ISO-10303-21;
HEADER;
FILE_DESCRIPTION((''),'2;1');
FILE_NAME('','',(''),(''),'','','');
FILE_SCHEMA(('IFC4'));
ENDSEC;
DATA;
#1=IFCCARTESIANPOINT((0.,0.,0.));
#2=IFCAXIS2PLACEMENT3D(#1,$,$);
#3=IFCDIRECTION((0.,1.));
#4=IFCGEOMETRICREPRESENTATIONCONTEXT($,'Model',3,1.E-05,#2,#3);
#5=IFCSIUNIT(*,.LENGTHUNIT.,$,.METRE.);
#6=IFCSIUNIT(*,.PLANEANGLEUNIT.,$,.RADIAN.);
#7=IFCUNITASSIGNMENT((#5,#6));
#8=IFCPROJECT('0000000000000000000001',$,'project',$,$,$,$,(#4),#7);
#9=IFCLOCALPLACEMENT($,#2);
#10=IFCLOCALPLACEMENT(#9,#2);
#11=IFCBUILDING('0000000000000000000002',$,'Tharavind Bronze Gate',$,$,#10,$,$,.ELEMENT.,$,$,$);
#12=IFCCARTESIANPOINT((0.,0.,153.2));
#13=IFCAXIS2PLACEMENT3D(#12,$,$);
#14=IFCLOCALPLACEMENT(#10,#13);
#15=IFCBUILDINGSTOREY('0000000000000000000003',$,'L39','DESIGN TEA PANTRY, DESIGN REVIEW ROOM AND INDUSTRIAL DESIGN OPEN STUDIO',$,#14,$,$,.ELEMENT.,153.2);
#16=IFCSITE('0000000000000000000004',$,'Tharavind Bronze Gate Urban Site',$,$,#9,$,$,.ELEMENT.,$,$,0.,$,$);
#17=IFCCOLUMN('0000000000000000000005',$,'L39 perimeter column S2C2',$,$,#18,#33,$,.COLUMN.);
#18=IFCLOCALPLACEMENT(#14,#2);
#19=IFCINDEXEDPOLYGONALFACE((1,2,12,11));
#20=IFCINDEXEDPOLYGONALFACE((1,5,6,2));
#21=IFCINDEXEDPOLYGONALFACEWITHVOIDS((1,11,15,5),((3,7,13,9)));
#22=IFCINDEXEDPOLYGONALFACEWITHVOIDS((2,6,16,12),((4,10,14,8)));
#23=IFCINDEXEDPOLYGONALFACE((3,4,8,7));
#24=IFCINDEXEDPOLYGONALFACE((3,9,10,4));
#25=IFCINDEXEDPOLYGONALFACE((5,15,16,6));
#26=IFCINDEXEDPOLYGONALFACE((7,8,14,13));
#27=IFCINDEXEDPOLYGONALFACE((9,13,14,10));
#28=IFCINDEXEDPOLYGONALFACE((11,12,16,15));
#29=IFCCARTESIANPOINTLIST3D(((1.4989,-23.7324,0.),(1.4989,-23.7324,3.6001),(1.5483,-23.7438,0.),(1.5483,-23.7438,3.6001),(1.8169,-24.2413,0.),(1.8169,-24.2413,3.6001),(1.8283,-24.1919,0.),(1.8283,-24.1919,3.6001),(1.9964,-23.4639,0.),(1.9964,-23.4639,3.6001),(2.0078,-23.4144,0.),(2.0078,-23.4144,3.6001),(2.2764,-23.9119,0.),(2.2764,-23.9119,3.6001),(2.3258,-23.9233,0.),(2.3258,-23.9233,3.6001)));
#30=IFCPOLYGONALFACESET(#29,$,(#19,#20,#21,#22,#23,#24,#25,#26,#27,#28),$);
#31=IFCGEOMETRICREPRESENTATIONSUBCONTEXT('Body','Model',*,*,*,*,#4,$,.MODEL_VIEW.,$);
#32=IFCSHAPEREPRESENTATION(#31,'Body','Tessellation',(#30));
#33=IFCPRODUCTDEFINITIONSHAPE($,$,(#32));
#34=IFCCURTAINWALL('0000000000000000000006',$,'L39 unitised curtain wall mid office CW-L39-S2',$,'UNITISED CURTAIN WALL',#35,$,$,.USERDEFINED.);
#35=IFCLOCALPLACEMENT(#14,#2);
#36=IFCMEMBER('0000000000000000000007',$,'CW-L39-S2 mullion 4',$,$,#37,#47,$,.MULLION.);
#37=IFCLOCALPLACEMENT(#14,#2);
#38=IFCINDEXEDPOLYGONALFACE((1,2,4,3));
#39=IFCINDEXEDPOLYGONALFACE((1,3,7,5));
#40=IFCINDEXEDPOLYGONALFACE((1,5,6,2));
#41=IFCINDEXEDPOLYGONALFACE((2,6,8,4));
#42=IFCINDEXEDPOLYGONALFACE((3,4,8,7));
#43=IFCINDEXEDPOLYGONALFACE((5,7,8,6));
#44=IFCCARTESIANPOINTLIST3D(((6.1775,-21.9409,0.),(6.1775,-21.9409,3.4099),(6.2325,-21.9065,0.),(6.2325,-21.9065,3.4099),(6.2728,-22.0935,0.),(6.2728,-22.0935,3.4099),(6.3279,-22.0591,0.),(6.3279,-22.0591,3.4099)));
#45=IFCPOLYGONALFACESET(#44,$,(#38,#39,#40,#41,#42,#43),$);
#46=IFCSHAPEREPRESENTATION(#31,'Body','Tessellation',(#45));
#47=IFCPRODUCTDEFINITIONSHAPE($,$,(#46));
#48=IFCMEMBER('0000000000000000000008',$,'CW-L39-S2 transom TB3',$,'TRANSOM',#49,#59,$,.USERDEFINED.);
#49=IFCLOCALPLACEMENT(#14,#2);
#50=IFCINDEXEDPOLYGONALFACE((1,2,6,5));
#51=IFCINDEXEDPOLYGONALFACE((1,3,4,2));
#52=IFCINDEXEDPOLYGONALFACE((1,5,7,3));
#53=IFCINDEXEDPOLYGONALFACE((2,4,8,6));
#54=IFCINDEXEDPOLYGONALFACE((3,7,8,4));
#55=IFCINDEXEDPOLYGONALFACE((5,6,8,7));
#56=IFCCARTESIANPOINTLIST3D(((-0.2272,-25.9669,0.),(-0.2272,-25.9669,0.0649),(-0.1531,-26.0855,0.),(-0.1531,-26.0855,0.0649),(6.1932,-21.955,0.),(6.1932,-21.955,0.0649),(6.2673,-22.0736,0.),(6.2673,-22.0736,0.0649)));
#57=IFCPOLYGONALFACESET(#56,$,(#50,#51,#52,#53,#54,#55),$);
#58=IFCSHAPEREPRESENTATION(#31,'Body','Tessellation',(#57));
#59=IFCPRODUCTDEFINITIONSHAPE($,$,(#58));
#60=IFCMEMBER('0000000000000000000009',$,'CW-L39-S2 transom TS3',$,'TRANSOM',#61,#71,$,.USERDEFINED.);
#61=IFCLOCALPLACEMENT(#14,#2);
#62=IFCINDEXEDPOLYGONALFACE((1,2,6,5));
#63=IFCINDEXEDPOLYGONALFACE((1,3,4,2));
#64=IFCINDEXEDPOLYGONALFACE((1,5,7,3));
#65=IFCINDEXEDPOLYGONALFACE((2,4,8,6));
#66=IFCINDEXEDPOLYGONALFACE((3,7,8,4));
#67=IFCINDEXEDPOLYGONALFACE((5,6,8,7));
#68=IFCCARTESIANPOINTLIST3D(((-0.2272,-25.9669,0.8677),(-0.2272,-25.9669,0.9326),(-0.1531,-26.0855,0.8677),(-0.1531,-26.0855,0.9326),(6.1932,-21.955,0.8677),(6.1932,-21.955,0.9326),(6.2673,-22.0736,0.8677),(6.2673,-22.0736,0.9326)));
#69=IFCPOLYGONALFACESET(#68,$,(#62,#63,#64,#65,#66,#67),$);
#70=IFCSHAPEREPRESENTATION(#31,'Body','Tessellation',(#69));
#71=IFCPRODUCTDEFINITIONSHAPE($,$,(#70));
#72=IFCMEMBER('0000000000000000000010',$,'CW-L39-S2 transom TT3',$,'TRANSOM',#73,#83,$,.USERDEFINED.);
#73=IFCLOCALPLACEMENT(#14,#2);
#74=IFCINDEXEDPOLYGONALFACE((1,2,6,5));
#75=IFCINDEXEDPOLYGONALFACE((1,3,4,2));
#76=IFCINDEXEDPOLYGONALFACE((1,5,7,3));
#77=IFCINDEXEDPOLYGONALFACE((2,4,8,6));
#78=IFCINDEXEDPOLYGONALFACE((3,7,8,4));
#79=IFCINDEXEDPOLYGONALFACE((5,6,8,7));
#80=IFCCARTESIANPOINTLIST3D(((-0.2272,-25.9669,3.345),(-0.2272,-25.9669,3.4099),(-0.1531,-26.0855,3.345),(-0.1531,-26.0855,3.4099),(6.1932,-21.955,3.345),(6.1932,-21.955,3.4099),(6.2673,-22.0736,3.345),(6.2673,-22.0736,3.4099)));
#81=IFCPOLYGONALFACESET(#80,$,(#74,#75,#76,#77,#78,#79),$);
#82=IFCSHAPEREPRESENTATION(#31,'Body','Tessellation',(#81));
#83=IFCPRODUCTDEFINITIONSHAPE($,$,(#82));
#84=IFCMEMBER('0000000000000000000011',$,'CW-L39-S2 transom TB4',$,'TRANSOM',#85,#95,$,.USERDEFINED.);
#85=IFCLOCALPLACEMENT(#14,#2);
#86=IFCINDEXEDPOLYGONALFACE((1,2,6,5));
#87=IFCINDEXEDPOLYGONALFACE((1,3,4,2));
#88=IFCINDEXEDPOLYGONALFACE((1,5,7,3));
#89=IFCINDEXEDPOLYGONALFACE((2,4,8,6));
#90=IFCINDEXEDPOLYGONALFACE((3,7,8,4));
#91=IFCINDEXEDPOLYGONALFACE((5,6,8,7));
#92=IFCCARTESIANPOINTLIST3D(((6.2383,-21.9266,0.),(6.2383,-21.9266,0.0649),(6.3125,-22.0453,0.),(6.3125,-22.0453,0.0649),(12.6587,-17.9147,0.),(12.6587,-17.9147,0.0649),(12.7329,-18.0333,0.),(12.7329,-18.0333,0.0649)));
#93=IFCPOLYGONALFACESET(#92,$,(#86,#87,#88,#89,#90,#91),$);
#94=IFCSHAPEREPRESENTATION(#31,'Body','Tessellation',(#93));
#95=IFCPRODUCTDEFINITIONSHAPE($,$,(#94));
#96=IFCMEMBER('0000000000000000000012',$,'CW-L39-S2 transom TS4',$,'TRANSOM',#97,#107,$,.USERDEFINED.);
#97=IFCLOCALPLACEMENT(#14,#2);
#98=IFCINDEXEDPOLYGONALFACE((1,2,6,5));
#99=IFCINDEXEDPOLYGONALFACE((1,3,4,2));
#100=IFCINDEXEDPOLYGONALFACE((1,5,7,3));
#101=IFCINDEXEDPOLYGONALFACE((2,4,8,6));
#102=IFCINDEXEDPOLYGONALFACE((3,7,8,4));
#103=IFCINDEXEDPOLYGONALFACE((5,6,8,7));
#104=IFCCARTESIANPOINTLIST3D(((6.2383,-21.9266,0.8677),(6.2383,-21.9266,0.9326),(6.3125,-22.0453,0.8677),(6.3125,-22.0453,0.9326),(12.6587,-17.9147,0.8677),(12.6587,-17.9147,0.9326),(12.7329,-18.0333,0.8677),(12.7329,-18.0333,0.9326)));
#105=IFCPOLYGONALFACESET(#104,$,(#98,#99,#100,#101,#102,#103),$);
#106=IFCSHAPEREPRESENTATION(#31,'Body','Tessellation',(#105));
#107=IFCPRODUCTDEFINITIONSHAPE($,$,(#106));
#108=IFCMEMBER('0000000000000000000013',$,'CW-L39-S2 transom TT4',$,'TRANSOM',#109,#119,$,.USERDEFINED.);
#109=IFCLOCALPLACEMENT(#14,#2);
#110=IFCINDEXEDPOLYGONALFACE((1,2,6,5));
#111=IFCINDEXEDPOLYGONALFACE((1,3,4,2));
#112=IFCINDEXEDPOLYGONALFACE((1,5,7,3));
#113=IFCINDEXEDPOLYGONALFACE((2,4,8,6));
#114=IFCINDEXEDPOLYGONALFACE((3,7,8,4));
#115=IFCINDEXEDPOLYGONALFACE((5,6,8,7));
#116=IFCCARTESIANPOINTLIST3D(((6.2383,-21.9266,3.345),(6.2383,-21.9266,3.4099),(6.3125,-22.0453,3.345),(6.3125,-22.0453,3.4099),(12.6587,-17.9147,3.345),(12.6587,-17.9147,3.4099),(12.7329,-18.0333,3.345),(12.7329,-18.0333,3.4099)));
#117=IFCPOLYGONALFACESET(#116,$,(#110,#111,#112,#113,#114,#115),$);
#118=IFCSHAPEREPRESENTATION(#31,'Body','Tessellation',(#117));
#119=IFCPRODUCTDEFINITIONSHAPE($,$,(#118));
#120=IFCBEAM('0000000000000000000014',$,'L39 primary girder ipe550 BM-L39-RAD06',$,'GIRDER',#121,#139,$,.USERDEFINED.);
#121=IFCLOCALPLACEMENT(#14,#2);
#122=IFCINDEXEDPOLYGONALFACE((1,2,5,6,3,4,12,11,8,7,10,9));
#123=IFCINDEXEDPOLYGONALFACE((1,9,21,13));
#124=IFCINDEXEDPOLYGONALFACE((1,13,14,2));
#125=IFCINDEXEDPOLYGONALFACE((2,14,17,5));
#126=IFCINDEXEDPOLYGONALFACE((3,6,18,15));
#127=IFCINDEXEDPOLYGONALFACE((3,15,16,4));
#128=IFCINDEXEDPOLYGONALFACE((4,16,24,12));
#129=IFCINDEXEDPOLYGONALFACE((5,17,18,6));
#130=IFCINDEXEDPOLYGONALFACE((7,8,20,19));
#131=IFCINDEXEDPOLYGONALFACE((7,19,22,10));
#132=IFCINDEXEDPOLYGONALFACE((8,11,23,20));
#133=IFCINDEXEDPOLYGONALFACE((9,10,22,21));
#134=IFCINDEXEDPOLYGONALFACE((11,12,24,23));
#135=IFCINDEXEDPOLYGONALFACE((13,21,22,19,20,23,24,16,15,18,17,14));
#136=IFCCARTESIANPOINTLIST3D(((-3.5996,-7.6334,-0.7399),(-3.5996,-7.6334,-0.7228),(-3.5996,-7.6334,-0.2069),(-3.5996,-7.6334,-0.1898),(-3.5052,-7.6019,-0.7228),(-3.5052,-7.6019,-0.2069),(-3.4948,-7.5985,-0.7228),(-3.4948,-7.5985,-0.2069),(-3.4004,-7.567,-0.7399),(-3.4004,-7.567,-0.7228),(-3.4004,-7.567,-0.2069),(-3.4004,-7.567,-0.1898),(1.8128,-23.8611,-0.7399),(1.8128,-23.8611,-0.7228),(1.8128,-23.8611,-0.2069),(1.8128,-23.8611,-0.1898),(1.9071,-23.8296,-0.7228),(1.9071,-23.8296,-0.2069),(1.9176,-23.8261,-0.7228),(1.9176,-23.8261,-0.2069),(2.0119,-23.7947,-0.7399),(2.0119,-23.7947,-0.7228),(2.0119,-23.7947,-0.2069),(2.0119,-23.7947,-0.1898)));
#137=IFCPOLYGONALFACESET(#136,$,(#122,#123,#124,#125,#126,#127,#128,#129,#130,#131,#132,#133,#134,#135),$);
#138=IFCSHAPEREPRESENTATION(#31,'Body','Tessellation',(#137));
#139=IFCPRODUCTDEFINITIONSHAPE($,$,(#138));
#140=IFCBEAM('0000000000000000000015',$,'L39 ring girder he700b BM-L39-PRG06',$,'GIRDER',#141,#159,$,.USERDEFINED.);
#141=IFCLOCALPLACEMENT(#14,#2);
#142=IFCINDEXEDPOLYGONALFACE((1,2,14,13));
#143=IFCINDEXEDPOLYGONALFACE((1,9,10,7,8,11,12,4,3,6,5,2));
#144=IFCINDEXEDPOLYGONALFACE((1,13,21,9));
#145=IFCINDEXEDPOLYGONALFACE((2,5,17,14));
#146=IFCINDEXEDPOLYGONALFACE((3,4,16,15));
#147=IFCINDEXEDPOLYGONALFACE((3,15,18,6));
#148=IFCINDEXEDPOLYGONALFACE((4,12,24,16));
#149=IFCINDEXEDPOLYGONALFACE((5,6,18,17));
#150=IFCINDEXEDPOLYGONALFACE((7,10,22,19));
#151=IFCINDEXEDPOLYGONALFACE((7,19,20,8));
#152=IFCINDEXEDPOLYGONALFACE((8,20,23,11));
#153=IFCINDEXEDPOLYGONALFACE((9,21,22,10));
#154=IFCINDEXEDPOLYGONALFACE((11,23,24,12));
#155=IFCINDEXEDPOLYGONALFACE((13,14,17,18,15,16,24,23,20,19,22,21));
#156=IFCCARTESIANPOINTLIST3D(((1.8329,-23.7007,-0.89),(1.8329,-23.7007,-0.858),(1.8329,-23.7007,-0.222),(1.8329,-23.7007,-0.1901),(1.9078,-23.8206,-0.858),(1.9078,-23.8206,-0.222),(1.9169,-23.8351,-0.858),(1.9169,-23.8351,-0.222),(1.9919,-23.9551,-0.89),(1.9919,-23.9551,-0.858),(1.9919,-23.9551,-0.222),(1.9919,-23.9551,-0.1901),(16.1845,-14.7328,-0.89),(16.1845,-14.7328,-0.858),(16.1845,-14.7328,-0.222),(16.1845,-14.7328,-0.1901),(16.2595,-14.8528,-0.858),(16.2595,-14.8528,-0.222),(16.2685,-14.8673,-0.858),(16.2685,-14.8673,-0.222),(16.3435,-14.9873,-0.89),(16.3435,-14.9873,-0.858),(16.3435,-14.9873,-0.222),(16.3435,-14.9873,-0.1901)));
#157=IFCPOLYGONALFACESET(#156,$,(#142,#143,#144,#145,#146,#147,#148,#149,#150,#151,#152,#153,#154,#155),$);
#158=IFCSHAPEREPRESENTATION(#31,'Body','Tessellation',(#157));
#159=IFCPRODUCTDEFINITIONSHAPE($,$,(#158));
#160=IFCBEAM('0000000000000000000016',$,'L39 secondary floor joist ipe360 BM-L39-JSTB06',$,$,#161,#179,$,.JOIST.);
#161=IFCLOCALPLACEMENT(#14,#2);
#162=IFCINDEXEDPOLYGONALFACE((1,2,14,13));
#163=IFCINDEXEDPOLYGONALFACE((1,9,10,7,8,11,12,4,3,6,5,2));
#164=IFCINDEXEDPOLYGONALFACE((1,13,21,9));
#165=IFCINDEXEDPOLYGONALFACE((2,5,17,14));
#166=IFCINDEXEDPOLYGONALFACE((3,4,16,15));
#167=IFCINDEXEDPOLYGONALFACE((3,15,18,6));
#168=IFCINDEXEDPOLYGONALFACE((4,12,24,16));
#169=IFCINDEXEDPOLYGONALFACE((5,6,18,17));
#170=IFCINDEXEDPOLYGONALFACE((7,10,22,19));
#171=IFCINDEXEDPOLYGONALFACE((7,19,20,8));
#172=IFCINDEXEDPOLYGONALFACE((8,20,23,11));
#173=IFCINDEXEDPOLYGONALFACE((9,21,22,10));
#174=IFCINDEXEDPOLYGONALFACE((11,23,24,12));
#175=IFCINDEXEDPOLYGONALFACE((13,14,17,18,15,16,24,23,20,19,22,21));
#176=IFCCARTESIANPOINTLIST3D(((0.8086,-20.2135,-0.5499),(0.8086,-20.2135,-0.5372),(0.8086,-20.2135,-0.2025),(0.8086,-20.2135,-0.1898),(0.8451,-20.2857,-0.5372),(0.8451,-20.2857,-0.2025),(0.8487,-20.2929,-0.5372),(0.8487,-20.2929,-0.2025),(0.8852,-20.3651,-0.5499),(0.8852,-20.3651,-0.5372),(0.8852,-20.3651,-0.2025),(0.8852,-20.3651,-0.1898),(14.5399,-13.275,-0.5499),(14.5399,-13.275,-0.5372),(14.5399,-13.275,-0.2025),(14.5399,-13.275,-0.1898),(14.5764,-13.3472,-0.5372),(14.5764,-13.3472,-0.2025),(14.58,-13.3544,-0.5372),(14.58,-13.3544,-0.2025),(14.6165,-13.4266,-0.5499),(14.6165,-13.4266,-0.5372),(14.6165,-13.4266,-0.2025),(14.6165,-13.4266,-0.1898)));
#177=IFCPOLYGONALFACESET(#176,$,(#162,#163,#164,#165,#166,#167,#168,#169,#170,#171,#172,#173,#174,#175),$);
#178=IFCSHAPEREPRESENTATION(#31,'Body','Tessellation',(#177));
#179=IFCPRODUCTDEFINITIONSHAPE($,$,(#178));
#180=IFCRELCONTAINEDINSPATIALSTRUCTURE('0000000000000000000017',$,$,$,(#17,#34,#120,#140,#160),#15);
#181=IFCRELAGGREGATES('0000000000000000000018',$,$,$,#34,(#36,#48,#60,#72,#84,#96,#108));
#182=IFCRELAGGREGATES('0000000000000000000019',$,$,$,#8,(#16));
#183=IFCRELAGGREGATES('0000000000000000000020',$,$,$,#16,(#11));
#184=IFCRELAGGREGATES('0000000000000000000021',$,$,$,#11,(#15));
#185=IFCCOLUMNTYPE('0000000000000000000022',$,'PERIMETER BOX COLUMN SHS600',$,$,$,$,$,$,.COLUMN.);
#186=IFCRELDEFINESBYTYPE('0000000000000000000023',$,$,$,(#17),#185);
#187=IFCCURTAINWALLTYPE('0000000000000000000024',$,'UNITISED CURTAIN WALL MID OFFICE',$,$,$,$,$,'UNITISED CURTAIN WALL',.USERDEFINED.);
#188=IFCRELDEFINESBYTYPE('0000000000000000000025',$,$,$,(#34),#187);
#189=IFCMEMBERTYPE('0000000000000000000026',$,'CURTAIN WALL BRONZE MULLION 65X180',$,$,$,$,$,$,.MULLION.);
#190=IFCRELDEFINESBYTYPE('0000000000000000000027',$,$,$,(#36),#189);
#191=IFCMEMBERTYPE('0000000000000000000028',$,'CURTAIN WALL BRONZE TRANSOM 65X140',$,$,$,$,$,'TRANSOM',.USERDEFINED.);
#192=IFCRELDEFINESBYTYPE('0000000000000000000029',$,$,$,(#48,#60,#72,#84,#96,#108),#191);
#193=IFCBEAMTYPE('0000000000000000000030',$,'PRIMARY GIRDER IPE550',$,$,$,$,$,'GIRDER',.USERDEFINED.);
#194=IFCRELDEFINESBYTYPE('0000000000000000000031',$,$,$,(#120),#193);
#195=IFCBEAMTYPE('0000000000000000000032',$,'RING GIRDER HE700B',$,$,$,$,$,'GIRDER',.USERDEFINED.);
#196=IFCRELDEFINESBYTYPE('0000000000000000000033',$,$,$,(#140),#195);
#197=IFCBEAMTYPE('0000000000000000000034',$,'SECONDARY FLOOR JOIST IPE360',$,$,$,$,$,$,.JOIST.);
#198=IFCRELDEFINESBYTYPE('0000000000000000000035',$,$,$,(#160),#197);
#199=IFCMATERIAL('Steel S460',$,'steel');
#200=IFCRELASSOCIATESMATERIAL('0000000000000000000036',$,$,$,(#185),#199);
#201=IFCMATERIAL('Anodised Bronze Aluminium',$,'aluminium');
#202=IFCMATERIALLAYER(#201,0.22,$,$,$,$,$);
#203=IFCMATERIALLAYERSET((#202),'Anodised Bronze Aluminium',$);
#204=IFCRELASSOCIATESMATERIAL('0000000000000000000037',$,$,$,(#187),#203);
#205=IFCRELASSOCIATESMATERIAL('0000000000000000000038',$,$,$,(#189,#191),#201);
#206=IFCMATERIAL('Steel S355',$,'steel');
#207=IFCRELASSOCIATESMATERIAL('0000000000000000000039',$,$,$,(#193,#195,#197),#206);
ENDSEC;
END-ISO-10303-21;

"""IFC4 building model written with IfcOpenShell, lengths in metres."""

from ifc_helpers import new_model, si_unit, direction, frame, origin, origin_2d, place, context, subcontext, project, spatial, rectangle, hollow_rectangle, i_section, extrude, material, layer, layer_set, material_profile, profile_set, type_object, element, aggregate, save


model = new_model("IFC4")

# Units and contexts
model_context = context("Model", 3, precision=1e-05, world=origin(), true_north=direction((0.0, 1.0)))
body_context = subcontext(model_context, "Body", "Model", "MODEL_VIEW")
ifc_project = project(units=[si_unit("LENGTHUNIT", "METRE"), si_unit("PLANEANGLEUNIT", "RADIAN")], contexts=[model_context])

# Site, building, storey
site_placement = place(None, origin())
site = spatial("IfcSite", under=ifc_project, at=site_placement, Name="Tharavind Bronze Gate Urban Site", CompositionType="ELEMENT", RefElevation=0.0)
building_placement = place(site_placement, origin())
building = spatial("IfcBuilding", under=site, at=building_placement, Name="Tharavind Bronze Gate", CompositionType="ELEMENT")
storey_placement = place(building_placement, frame((0.0, 0.0, 153.2)))
storey = spatial("IfcBuildingStorey", under=building, at=storey_placement, Name="L39", Description="DESIGN TEA PANTRY, DESIGN REVIEW ROOM AND INDUSTRIAL DESIGN OPEN STUDIO", CompositionType="ELEMENT", Elevation=153.2)

# Column
ifc_material_1 = material(Name="Steel S460", Category="steel")
ifc_material_profile_1 = material_profile(ifc_material_1, hollow_rectangle(XDim=0.6001, YDim=0.6001, WallThickness=0.0359, at=origin_2d()), Name="SHS600X36")
ifc_profile_set_1 = profile_set([ifc_material_profile_1], Name="Steel S460")
column_type = type_object("IfcColumnType", Name="PERIMETER BOX COLUMN SHS600", PredefinedType="COLUMN", material=ifc_profile_set_1)
column_placement = place(storey_placement, frame((1.9124, -23.8279, 0.0), z_axis=(0.0, 0.0, 1.0), x_axis=(0.848047, 0.529921, 0.0)))
element("IfcColumn", 1, at=column_placement, inside=storey, type_object=column_type, Name="L39 perimeter column S2C2", PredefinedType="COLUMN", context=body_context, shape_type="SweptSolid", body=[
    extrude(hollow_rectangle(XDim=0.6001, YDim=0.6001, WallThickness=0.0359, at=origin_2d()), origin(), (0.0, 0.0, 1.0), 3.6001),
])

# Curtain wall, members
ifc_material_2 = material(Name="Anodised Bronze Aluminium", Category="aluminium")
ifc_layer_1 = layer(ifc_material_2, 0.22)
ifc_layer_set_1 = layer_set([ifc_layer_1], Name="Anodised Bronze Aluminium")
curtain_wall_type = type_object("IfcCurtainWallType", Name="UNITISED CURTAIN WALL MID OFFICE", ElementType="UNITISED CURTAIN WALL", PredefinedType="USERDEFINED", material=ifc_layer_set_1)
curtain_wall_placement = place(storey_placement, origin())
curtain_wall = element("IfcCurtainWall", 2, at=curtain_wall_placement, inside=storey, type_object=curtain_wall_type, Name="L39 unitised curtain wall mid office CW-L39-S2", ObjectType="UNITISED CURTAIN WALL", PredefinedType="USERDEFINED")
member_type_1 = type_object("IfcMemberType", Name="CURTAIN WALL BRONZE MULLION 65X180", PredefinedType="MULLION", material=ifc_material_2)
member_1_placement = place(storey_placement, frame((6.2527, -22.0, 0.0), z_axis=(0.0, 0.0, 1.0), x_axis=(0.848048, 0.529919, 0.0)))
member_1 = element("IfcMember", 3, at=member_1_placement, type_object=member_type_1, Name="CW-L39-S2 mullion 4", PredefinedType="MULLION", context=body_context, shape_type="SweptSolid", body=[
    extrude(rectangle(XDim=0.0649, YDim=0.1799, at=origin_2d()), origin(), (0.0, 0.0, 1.0), 3.4099),
])
member_type_2 = type_object("IfcMemberType", Name="CURTAIN WALL BRONZE TRANSOM 65X140", ElementType="TRANSOM", PredefinedType="USERDEFINED", material=ifc_material_2)
member_2_placement = place(storey_placement, frame((3.02, -24.0203, 0.0), z_axis=(0.0, 0.0, 1.0), x_axis=(0.848048, 0.529919, 0.0)))
member_2 = element("IfcMember", 4, at=member_2_placement, type_object=member_type_2, Name="CW-L39-S2 transom TB3", ObjectType="TRANSOM", PredefinedType="USERDEFINED", context=body_context, shape_type="SweptSolid", body=[
    extrude(rectangle(XDim=7.5708, YDim=0.1399, at=origin_2d()), origin(), (0.0, 0.0, 1.0), 0.0649),
])
member_3_placement = place(storey_placement, frame((3.02, -24.0203, 0.8677), z_axis=(0.0, 0.0, 1.0), x_axis=(0.848048, 0.529919, 0.0)))
member_3 = element("IfcMember", 5, at=member_3_placement, type_object=member_type_2, Name="CW-L39-S2 transom TS3", ObjectType="TRANSOM", PredefinedType="USERDEFINED", context=body_context, shape_type="SweptSolid", body=[
    extrude(rectangle(XDim=7.5708, YDim=0.1399, at=origin_2d()), origin(), (0.0, 0.0, 1.0), 0.0649),
])
member_4_placement = place(storey_placement, frame((3.02, -24.0203, 3.345), z_axis=(0.0, 0.0, 1.0), x_axis=(0.848048, 0.529919, 0.0)))
member_4 = element("IfcMember", 6, at=member_4_placement, type_object=member_type_2, Name="CW-L39-S2 transom TT3", ObjectType="TRANSOM", PredefinedType="USERDEFINED", context=body_context, shape_type="SweptSolid", body=[
    extrude(rectangle(XDim=7.5708, YDim=0.1399, at=origin_2d()), origin(), (0.0, 0.0, 1.0), 0.0649),
])
member_5_placement = place(storey_placement, frame((9.4856, -19.98, 0.0), z_axis=(0.0, 0.0, 1.0), x_axis=(0.848048, 0.529919, 0.0)))
member_5 = element("IfcMember", 7, at=member_5_placement, type_object=member_type_2, Name="CW-L39-S2 transom TB4", ObjectType="TRANSOM", PredefinedType="USERDEFINED", context=body_context, shape_type="SweptSolid", body=[
    extrude(rectangle(XDim=7.5708, YDim=0.1399, at=origin_2d()), origin(), (0.0, 0.0, 1.0), 0.0649),
])
member_6_placement = place(storey_placement, frame((9.4856, -19.98, 0.8677), z_axis=(0.0, 0.0, 1.0), x_axis=(0.848048, 0.529919, 0.0)))
member_6 = element("IfcMember", 8, at=member_6_placement, type_object=member_type_2, Name="CW-L39-S2 transom TS4", ObjectType="TRANSOM", PredefinedType="USERDEFINED", context=body_context, shape_type="SweptSolid", body=[
    extrude(rectangle(XDim=7.5708, YDim=0.1399, at=origin_2d()), origin(), (0.0, 0.0, 1.0), 0.0649),
])
member_7_placement = place(storey_placement, frame((9.4856, -19.98, 3.345), z_axis=(0.0, 0.0, 1.0), x_axis=(0.848048, 0.529919, 0.0)))
member_7 = element("IfcMember", 9, at=member_7_placement, type_object=member_type_2, Name="CW-L39-S2 transom TT4", ObjectType="TRANSOM", PredefinedType="USERDEFINED", context=body_context, shape_type="SweptSolid", body=[
    extrude(rectangle(XDim=7.5708, YDim=0.1399, at=origin_2d()), origin(), (0.0, 0.0, 1.0), 0.0649),
])

# Beams
ifc_material_3 = material(Name="Steel S355", Category="steel")
ifc_material_profile_2 = material_profile(ifc_material_3, i_section(OverallWidth=0.21, OverallDepth=0.55, WebThickness=0.011, FlangeThickness=0.0171, at=origin_2d()), Name="IPE550")
ifc_profile_set_2 = profile_set([ifc_material_profile_2], Name="Steel S355")
beam_type_1 = type_object("IfcBeamType", Name="PRIMARY GIRDER IPE550", ElementType="GIRDER", PredefinedType="USERDEFINED", material=ifc_profile_set_2)
beam_1_placement = place(storey_placement, frame((1.9124, -23.8279, -0.4648), z_axis=(-0.31639, 0.948629, 0.0), x_axis=(-0.948629, -0.31639, 0.0)))
element("IfcBeam", 10, at=beam_1_placement, inside=storey, type_object=beam_type_1, Name="L39 primary girder ipe550 BM-L39-RAD06", ObjectType="GIRDER", PredefinedType="USERDEFINED", context=body_context, shape_type="SweptSolid", body=[
    extrude(i_section(OverallWidth=0.21, OverallDepth=0.55, WebThickness=0.011, FlangeThickness=0.0171, at=origin_2d()), origin(), (0.0, 0.0, 1.0), 17.1064),
])
ifc_material_profile_3 = material_profile(ifc_material_3, i_section(OverallWidth=0.3, OverallDepth=0.7, WebThickness=0.0171, FlangeThickness=0.032, at=origin_2d()), Name="HE700B")
ifc_profile_set_3 = profile_set([ifc_material_profile_3], Name="Steel S355")
beam_type_2 = type_object("IfcBeamType", Name="RING GIRDER HE700B", ElementType="GIRDER", PredefinedType="USERDEFINED", material=ifc_profile_set_3)
beam_2_placement = place(storey_placement, frame((1.9124, -23.8279, -0.54), z_axis=(0.84805, 0.529916, 0.0), x_axis=(-0.529916, 0.84805, 0.0)))
element("IfcBeam", 11, at=beam_2_placement, inside=storey, type_object=beam_type_2, Name="L39 ring girder he700b BM-L39-PRG06", ObjectType="GIRDER", PredefinedType="USERDEFINED", context=body_context, shape_type="SweptSolid", body=[
    extrude(i_section(OverallWidth=0.3, OverallDepth=0.7, WebThickness=0.0171, FlangeThickness=0.032, at=origin_2d()), origin(), (0.0, 0.0, 1.0), 16.9231),
])
ifc_material_profile_4 = material_profile(ifc_material_3, i_section(OverallWidth=0.1699, OverallDepth=0.3601, WebThickness=0.0081, FlangeThickness=0.0127, at=origin_2d()), Name="IPE360")
ifc_profile_set_4 = profile_set([ifc_material_profile_4], Name="Steel S355")
beam_type_3 = type_object("IfcBeamType", Name="SECONDARY FLOOR JOIST IPE360", PredefinedType="JOIST", material=ifc_profile_set_4)
beam_3_placement = place(storey_placement, frame((0.8469, -20.2893, -0.3699), z_axis=(0.892524, 0.450999, 0.0), x_axis=(-0.450999, 0.892524, 0.0)))
element("IfcBeam", 12, at=beam_3_placement, inside=storey, type_object=beam_type_3, Name="L39 secondary floor joist ipe360 BM-L39-JSTB06", PredefinedType="JOIST", context=body_context, shape_type="SweptSolid", body=[
    extrude(i_section(OverallWidth=0.1699, OverallDepth=0.3601, WebThickness=0.0081, FlangeThickness=0.0127, at=origin_2d()), origin(), (0.0, 0.0, 1.0), 15.3848),
])

aggregate(curtain_wall, [member_1, member_2, member_3, member_4, member_5, member_6, member_7])

save(model, "model.ifc")
